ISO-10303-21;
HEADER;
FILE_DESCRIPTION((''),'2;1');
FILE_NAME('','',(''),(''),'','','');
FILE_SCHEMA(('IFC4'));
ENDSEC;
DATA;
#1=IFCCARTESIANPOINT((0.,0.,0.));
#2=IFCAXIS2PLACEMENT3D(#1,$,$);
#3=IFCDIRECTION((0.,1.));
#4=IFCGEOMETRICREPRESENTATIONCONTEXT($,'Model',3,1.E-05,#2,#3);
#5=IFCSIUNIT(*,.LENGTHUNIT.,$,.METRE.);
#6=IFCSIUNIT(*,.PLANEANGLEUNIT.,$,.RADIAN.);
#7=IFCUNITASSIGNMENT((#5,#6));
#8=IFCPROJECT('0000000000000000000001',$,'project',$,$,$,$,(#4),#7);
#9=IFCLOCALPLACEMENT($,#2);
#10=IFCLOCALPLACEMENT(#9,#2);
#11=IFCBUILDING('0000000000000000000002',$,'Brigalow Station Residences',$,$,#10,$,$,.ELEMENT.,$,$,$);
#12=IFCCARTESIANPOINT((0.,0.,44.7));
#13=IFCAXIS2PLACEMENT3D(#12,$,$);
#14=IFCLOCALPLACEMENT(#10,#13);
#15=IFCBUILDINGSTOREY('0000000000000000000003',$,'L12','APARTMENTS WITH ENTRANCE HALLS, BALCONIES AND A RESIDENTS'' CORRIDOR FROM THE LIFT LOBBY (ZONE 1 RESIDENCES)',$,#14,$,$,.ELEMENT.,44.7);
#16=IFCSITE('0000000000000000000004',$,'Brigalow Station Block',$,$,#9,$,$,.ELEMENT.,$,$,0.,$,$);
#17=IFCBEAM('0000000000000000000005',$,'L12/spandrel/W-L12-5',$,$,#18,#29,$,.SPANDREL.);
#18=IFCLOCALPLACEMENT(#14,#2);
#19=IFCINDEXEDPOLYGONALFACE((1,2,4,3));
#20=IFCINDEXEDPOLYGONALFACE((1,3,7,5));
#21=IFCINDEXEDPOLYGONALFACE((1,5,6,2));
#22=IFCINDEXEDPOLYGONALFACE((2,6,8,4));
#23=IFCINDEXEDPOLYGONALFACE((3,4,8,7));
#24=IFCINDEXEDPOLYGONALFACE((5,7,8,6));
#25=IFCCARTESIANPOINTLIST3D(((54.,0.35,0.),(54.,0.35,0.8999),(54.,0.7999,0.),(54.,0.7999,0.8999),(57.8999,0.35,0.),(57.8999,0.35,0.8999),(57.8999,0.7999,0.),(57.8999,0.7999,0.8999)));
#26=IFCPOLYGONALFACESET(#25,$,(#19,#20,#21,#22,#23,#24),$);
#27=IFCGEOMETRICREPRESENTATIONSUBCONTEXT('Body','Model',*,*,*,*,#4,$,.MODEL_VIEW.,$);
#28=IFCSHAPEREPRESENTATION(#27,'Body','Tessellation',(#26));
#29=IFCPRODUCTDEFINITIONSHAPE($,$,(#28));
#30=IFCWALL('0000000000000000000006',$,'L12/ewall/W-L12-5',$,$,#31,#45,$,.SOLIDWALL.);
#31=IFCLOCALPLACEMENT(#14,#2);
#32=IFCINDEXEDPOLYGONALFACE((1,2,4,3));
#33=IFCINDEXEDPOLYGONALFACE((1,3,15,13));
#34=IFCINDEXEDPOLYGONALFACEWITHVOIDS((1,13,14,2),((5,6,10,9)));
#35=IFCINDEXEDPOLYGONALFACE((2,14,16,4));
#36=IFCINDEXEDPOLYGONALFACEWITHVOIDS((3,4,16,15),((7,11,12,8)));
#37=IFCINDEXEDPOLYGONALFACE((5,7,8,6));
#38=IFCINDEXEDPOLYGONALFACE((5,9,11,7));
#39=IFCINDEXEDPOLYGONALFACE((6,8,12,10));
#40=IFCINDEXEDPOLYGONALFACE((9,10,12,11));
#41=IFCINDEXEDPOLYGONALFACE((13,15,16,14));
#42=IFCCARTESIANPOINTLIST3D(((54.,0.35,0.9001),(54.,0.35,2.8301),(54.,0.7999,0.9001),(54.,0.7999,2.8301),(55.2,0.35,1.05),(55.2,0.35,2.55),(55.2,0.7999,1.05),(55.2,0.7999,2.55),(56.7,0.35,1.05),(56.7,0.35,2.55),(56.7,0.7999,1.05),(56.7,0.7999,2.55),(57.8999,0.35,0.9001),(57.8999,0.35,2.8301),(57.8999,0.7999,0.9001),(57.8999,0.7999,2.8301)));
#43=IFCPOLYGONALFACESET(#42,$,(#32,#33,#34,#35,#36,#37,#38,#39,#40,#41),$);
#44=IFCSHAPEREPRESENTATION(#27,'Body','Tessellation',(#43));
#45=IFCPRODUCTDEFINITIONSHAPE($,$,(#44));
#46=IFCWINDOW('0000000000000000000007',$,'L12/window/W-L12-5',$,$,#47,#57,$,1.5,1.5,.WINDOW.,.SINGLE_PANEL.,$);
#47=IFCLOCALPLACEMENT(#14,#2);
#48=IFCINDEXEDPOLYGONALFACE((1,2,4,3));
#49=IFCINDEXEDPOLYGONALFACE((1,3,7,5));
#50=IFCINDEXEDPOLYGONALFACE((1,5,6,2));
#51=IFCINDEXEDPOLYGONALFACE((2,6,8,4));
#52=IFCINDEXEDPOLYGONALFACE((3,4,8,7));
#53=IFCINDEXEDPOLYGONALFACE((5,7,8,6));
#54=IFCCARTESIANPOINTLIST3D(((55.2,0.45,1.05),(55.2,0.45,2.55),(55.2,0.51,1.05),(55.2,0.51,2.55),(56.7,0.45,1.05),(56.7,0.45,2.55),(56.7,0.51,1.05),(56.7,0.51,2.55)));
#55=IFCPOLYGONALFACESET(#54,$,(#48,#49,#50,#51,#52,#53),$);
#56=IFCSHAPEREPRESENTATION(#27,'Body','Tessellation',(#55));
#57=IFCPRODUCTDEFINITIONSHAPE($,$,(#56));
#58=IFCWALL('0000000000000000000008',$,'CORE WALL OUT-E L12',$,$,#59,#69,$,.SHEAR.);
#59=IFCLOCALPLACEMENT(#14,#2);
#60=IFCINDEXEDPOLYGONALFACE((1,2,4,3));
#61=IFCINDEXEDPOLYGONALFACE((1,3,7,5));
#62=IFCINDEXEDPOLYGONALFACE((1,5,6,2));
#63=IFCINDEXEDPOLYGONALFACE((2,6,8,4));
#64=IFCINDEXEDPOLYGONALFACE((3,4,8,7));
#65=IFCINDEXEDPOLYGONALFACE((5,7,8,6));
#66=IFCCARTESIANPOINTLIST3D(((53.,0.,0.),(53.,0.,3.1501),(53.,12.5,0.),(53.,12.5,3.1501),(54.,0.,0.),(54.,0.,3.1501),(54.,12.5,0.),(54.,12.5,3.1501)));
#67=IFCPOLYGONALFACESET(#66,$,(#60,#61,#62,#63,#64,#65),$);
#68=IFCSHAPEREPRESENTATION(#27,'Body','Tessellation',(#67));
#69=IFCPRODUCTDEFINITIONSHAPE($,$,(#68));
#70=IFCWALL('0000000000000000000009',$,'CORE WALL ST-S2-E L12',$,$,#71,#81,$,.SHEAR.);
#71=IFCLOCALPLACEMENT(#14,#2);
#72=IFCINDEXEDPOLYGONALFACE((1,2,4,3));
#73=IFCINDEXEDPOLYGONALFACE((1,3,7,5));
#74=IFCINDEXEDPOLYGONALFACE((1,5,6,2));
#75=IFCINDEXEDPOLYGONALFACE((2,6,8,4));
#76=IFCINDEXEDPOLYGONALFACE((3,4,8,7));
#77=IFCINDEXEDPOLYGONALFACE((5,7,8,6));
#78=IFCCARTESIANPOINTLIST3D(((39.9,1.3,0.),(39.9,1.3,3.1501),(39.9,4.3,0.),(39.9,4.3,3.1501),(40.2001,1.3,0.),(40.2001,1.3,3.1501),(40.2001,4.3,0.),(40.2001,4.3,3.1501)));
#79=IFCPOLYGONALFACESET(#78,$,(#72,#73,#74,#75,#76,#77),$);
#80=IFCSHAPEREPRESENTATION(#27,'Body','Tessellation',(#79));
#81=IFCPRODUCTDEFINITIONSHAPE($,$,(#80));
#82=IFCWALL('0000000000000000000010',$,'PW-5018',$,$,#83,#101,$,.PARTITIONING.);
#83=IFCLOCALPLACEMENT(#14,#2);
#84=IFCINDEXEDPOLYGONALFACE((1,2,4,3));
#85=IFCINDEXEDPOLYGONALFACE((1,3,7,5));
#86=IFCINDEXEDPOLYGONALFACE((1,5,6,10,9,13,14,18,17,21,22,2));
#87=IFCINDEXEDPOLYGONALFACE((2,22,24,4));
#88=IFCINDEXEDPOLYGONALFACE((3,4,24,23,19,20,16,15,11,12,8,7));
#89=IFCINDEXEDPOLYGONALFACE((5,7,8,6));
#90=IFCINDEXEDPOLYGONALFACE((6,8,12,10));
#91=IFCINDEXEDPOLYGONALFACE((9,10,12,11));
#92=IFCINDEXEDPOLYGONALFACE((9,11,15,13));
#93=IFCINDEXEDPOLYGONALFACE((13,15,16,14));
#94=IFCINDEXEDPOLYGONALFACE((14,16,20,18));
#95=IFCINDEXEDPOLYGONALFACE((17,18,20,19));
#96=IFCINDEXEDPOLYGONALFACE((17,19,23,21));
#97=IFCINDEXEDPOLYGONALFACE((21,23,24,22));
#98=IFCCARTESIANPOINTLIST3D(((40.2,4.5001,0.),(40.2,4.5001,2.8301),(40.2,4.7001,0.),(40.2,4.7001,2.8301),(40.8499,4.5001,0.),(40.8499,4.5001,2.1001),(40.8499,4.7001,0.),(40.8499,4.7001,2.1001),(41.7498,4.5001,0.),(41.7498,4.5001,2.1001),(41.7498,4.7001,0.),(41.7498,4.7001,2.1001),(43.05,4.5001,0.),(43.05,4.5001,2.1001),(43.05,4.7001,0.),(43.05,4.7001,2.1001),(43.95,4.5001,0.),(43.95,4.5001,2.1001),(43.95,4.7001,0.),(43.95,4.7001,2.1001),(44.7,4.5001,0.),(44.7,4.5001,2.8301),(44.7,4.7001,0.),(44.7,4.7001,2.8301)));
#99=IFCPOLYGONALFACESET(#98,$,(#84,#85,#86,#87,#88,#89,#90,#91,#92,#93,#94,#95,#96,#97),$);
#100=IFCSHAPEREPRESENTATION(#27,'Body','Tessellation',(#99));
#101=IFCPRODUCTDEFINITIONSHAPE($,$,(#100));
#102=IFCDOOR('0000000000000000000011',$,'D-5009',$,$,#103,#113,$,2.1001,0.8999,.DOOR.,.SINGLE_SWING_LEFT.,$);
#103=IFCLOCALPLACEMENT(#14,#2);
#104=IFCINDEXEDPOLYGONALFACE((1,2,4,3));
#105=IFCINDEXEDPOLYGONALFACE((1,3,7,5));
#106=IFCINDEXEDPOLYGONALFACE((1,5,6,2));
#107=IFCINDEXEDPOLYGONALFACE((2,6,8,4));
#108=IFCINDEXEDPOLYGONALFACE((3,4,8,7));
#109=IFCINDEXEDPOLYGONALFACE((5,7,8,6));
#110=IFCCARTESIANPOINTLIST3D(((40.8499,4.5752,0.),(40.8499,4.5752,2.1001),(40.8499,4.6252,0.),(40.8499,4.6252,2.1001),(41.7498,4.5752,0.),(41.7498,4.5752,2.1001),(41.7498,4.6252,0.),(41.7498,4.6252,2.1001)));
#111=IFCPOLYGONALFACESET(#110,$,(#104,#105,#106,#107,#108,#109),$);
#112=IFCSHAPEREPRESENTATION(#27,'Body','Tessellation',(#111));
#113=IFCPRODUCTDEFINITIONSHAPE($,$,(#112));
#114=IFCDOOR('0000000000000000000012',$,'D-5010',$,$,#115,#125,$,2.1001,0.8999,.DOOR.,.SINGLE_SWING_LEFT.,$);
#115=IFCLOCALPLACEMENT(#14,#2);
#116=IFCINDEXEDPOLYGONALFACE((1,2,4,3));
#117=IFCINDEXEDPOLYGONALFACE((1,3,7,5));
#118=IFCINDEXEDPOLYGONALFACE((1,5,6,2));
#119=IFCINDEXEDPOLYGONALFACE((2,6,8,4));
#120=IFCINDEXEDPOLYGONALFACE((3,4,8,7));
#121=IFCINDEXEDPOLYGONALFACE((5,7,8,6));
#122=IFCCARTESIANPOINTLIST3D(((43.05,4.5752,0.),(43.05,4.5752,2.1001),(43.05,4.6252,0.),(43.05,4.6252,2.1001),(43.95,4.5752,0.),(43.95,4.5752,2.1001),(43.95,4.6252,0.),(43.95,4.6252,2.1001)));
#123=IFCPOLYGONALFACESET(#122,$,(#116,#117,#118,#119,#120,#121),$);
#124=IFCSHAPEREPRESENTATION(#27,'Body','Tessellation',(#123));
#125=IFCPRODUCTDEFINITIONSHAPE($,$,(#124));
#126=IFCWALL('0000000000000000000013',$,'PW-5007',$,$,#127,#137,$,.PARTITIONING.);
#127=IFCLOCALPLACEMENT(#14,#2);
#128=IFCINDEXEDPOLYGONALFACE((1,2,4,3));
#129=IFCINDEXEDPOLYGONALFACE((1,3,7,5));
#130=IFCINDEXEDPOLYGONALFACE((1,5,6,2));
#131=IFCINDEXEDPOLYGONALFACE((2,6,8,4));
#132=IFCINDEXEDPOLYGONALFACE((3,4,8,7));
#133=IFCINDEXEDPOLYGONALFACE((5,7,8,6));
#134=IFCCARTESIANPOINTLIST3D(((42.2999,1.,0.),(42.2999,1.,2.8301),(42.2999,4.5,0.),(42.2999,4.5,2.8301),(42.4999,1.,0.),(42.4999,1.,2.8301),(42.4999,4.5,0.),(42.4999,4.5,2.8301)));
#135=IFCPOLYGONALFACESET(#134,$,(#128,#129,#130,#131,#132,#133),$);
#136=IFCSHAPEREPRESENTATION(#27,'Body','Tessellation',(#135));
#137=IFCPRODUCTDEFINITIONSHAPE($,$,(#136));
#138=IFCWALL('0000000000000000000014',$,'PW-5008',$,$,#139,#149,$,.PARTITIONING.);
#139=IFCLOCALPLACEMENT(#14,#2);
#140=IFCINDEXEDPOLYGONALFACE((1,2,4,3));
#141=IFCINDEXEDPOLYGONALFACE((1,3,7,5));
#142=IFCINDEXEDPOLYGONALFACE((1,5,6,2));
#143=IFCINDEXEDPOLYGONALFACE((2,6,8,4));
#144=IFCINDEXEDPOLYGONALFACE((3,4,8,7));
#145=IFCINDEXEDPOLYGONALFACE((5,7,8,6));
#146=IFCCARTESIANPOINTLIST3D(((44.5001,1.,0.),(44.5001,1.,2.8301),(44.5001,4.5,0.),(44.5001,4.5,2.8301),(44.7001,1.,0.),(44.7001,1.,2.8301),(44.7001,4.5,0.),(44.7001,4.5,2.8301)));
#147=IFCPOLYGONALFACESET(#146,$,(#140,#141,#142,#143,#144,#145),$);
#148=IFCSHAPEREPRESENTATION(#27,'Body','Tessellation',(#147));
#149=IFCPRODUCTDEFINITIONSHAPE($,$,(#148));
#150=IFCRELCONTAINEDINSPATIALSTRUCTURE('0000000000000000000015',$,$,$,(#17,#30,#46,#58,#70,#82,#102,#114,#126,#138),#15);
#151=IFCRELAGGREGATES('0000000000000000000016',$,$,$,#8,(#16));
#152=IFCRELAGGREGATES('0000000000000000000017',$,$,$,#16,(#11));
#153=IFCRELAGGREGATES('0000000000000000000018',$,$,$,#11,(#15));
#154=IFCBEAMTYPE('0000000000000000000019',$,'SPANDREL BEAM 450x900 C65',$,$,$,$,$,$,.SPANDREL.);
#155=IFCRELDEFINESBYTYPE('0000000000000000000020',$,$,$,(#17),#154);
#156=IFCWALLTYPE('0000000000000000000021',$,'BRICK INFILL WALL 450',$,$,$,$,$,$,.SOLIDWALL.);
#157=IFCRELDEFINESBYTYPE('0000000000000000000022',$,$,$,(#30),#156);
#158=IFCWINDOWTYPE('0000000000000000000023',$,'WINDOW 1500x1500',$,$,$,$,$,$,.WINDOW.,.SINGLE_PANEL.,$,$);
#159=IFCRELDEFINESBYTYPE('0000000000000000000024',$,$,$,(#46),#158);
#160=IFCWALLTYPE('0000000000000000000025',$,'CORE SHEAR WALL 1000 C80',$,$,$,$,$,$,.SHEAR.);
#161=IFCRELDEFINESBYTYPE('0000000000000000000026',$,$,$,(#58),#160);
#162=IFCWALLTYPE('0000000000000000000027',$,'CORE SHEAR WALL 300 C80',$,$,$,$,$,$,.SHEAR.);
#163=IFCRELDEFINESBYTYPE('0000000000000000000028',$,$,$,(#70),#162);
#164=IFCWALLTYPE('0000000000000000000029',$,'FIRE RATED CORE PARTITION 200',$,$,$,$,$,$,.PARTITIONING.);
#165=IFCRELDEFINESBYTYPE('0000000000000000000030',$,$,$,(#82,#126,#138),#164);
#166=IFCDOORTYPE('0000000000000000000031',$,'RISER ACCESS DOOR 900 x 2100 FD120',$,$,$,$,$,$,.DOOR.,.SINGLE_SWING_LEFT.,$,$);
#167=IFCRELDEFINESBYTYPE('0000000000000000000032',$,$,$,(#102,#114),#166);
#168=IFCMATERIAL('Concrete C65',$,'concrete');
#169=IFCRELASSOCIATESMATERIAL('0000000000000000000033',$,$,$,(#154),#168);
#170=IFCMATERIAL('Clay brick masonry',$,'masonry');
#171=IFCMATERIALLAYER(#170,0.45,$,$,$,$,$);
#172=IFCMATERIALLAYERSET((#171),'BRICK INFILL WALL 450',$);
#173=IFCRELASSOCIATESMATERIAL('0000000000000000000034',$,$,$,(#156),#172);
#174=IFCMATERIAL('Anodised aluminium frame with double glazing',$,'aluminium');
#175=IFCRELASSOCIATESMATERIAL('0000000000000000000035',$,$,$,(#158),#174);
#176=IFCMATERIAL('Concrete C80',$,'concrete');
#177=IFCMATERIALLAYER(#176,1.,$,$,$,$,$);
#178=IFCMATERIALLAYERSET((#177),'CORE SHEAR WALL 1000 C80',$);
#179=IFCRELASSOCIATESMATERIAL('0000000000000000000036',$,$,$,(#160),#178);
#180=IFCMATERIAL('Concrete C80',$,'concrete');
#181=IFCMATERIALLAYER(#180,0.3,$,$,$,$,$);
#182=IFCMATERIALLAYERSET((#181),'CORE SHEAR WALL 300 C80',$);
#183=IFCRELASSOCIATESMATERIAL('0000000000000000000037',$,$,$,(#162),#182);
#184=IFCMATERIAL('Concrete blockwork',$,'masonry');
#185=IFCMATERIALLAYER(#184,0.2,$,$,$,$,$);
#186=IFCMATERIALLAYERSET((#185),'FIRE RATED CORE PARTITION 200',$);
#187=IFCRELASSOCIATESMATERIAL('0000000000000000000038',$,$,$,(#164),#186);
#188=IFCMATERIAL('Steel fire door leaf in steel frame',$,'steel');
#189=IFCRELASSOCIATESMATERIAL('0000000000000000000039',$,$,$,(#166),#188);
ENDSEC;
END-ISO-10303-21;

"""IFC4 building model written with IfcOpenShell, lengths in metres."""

from ifc_helpers import new_model, si_unit, direction, frame, frame_2d, origin, origin_2d, place, context, subcontext, project, spatial, rectangle, extrude, material, layer, layer_set, material_profile, profile_set, type_object, element, fill, save


model = new_model("IFC4")

# Units and contexts
model_context = context("Model", 3, precision=1e-05, world=origin(), true_north=direction((0.0, 1.0)))
body_context = subcontext(model_context, "Body", "Model", "MODEL_VIEW")
ifc_project = project(units=[si_unit("LENGTHUNIT", "METRE"), si_unit("PLANEANGLEUNIT", "RADIAN")], contexts=[model_context])

# Site, building, storey
site_placement = place(None, origin())
site = spatial("IfcSite", under=ifc_project, at=site_placement, Name="Brigalow Station Block", CompositionType="ELEMENT", RefElevation=0.0)
building_placement = place(site_placement, origin())
building = spatial("IfcBuilding", under=site, at=building_placement, Name="Brigalow Station Residences", CompositionType="ELEMENT")
storey_placement = place(building_placement, frame((0.0, 0.0, 44.7)))
storey = spatial("IfcBuildingStorey", under=building, at=storey_placement, Name="L12", Description="APARTMENTS WITH ENTRANCE HALLS, BALCONIES AND A RESIDENTS' CORRIDOR FROM THE LIFT LOBBY (ZONE 1 RESIDENCES)", CompositionType="ELEMENT", Elevation=44.7)

# Beam
ifc_material_1 = material(Name="Concrete C65", Category="concrete")
ifc_material_profile = material_profile(ifc_material_1, rectangle(XDim=0.45, YDim=0.8999, at=origin_2d()), Name="RC450x900")
ifc_profile_set = profile_set([ifc_material_profile], Name="Concrete C65")
beam_type = type_object("IfcBeamType", Name="SPANDREL BEAM 450x900 C65", PredefinedType="SPANDREL", material=ifc_profile_set)
beam_placement = place(storey_placement, frame((54.0, 0.575, 0.45), z_axis=(1.0, 0.0, 0.0), x_axis=(0.0, 1.0, 0.0)))
element("IfcBeam", 1, at=beam_placement, inside=storey, type_object=beam_type, Name="L12/spandrel/W-L12-5", PredefinedType="SPANDREL", context=body_context, shape_type="SweptSolid", body=[
    extrude(rectangle(XDim=0.45, YDim=0.8999, at=origin_2d()), origin(), (0.0, 0.0, 1.0), 3.8999),
])

# Wall, opening, window
ifc_material_2 = material(Name="Clay brick masonry", Category="masonry")
ifc_layer_1 = layer(ifc_material_2, 0.45)
ifc_layer_set_1 = layer_set([ifc_layer_1], Name="BRICK INFILL WALL 450")
wall_type_1 = type_object("IfcWallType", Name="BRICK INFILL WALL 450", PredefinedType="SOLIDWALL", material=ifc_layer_set_1)
wall_1_placement = place(storey_placement, frame((54.0, 0.575, 0.9001), z_axis=(0.0, 0.0, 1.0), x_axis=(1.0, 0.0, 0.0)))
wall_1 = element("IfcWall", 2, at=wall_1_placement, inside=storey, type_object=wall_type_1, Name="L12/ewall/W-L12-5", PredefinedType="SOLIDWALL", context=body_context, shape_type="SweptSolid", body=[
    extrude(rectangle(XDim=3.8999, YDim=0.45, at=frame_2d((1.95, 0.0))), origin(), (0.0, 0.0, 1.0), 1.9299),
])
opening_1_placement = place(wall_1_placement, frame((1.2, 0.0, 0.1499)))
opening_1 = element("IfcOpeningElement", 3, at=opening_1_placement, cuts=wall_1, PredefinedType="OPENING", context=body_context, shape_type="SweptSolid", body=[
    extrude(rectangle(XDim=1.5, YDim=1.5, at=frame_2d((0.75, 0.75))), frame((0.0, 0.2349, 0.0), z_axis=(0.0, -1.0, 0.0), x_axis=(1.0, 0.0, 0.0)), (0.0, 0.0, 1.0), 0.47),
])
ifc_material_3 = material(Name="Anodised aluminium frame with double glazing", Category="aluminium")
window_type = type_object("IfcWindowType", Name="WINDOW 1500x1500", PartitioningType="SINGLE_PANEL", PredefinedType="WINDOW", material=ifc_material_3)
window_placement = place(opening_1_placement, origin())
window = element("IfcWindow", 4, at=window_placement, inside=storey, type_object=window_type, Name="L12/window/W-L12-5", OverallHeight=1.5, OverallWidth=1.5, PartitioningType="SINGLE_PANEL", PredefinedType="WINDOW", context=body_context, shape_type="SweptSolid", body=[
    extrude(rectangle(XDim=1.5, YDim=1.5, at=frame_2d((0.75, 0.75))), frame((0.0, -0.0649, 0.0), z_axis=(0.0, -1.0, 0.0), x_axis=(1.0, 0.0, 0.0)), (0.0, 0.0, 1.0), 0.0601),
])
fill(opening_1, window)

# Walls
ifc_material_4 = material(Name="Concrete C80", Category="concrete")
ifc_layer_2 = layer(ifc_material_4, 1.0)
ifc_layer_set_2 = layer_set([ifc_layer_2], Name="CORE SHEAR WALL 1000 C80")
wall_type_2 = type_object("IfcWallType", Name="CORE SHEAR WALL 1000 C80", PredefinedType="SHEAR", material=ifc_layer_set_2)
wall_2_placement = place(storey_placement, frame((53.5, 0.0, 0.0), z_axis=(0.0, 0.0, 1.0), x_axis=(0.0, 1.0, 0.0)))
element("IfcWall", 5, at=wall_2_placement, inside=storey, type_object=wall_type_2, Name="CORE WALL OUT-E L12", PredefinedType="SHEAR", context=body_context, shape_type="SweptSolid", body=[
    extrude(rectangle(XDim=12.5, YDim=1.0, at=frame_2d((6.25, 0.0))), origin(), (0.0, 0.0, 1.0), 3.1501),
])
ifc_material_5 = material(Name="Concrete C80", Category="concrete")
ifc_layer_3 = layer(ifc_material_5, 0.3)
ifc_layer_set_3 = layer_set([ifc_layer_3], Name="CORE SHEAR WALL 300 C80")
wall_type_3 = type_object("IfcWallType", Name="CORE SHEAR WALL 300 C80", PredefinedType="SHEAR", material=ifc_layer_set_3)
wall_3_placement = place(storey_placement, frame((40.05, 1.3, 0.0), z_axis=(0.0, 0.0, 1.0), x_axis=(0.0, 1.0, 0.0)))
element("IfcWall", 6, at=wall_3_placement, inside=storey, type_object=wall_type_3, Name="CORE WALL ST-S2-E L12", PredefinedType="SHEAR", context=body_context, shape_type="SweptSolid", body=[
    extrude(rectangle(XDim=3.0, YDim=0.3, at=frame_2d((1.5, 0.0))), origin(), (0.0, 0.0, 1.0), 3.1501),
])

# Wall, openings, doors
ifc_material_6 = material(Name="Concrete blockwork", Category="masonry")
ifc_layer_4 = layer(ifc_material_6, 0.2)
ifc_layer_set_4 = layer_set([ifc_layer_4], Name="FIRE RATED CORE PARTITION 200")
wall_type_4 = type_object("IfcWallType", Name="FIRE RATED CORE PARTITION 200", PredefinedType="PARTITIONING", material=ifc_layer_set_4)
wall_4_placement = place(storey_placement, frame((40.2, 4.6001, 0.0), z_axis=(0.0, 0.0, 1.0), x_axis=(1.0, 0.0, 0.0)))
wall_4 = element("IfcWall", 7, at=wall_4_placement, inside=storey, type_object=wall_type_4, Name="PW-5018", PredefinedType="PARTITIONING", context=body_context, shape_type="SweptSolid", body=[
    extrude(rectangle(XDim=4.5, YDim=0.2, at=frame_2d((2.25, 0.0))), origin(), (0.0, 0.0, 1.0), 2.8301),
])
opening_2_placement = place(wall_4_placement, frame((0.6499, 0.0, 0.0)))
opening_2 = element("IfcOpeningElement", 8, at=opening_2_placement, cuts=wall_4, PredefinedType="OPENING", context=body_context, shape_type="SweptSolid", body=[
    extrude(rectangle(XDim=0.8999, YDim=2.1001, at=frame_2d((0.45, 1.05))), frame((0.0, 0.1099, 0.0), z_axis=(0.0, -1.0, 0.0), x_axis=(1.0, 0.0, 0.0)), (0.0, 0.0, 1.0), 0.22),
])
opening_3_placement = place(wall_4_placement, frame((2.8501, 0.0, 0.0)))
opening_3 = element("IfcOpeningElement", 9, at=opening_3_placement, cuts=wall_4, PredefinedType="OPENING", context=body_context, shape_type="SweptSolid", body=[
    extrude(rectangle(XDim=0.8999, YDim=2.1001, at=frame_2d((0.45, 1.05))), frame((0.0, 0.1099, 0.0), z_axis=(0.0, -1.0, 0.0), x_axis=(1.0, 0.0, 0.0)), (0.0, 0.0, 1.0), 0.22),
])
ifc_material_7 = material(Name="Steel fire door leaf in steel frame", Category="steel")
door_type_1 = type_object("IfcDoorType", Name="RISER ACCESS DOOR 900 x 2100 FD120", OperationType="SINGLE_SWING_LEFT", PredefinedType="DOOR", material=ifc_material_7)
door_1_placement = place(opening_2_placement, frame((0.8999, 0.0, 0.0), z_axis=(0.0, 0.0, 1.0), x_axis=(-1.0, 0.0, 0.0)))
door_1 = element("IfcDoor", 10, at=door_1_placement, inside=storey, type_object=door_type_1, Name="D-5009", OperationType="SINGLE_SWING_LEFT", OverallHeight=2.1001, OverallWidth=0.8999, PredefinedType="DOOR", context=body_context, shape_type="SweptSolid", body=[
    extrude(rectangle(XDim=0.8999, YDim=2.1001, at=frame_2d((0.45, 1.05))), frame((0.0, 0.0249, 0.0), z_axis=(0.0, -1.0, 0.0), x_axis=(1.0, 0.0, 0.0)), (0.0, 0.0, 1.0), 0.05),
])
fill(opening_2, door_1)
door_2_placement = place(opening_3_placement, frame((0.8999, 0.0, 0.0), z_axis=(0.0, 0.0, 1.0), x_axis=(-1.0, 0.0, 0.0)))
door_2 = element("IfcDoor", 11, at=door_2_placement, inside=storey, type_object=door_type_1, Name="D-5010", OperationType="SINGLE_SWING_LEFT", OverallHeight=2.1001, OverallWidth=0.8999, PredefinedType="DOOR", context=body_context, shape_type="SweptSolid", body=[
    extrude(rectangle(XDim=0.8999, YDim=2.1001, at=frame_2d((0.45, 1.05))), frame((0.0, 0.0249, 0.0), z_axis=(0.0, -1.0, 0.0), x_axis=(1.0, 0.0, 0.0)), (0.0, 0.0, 1.0), 0.05),
])
fill(opening_3, door_2)

# Walls
for number, where, z_axis, x_axis, name in (
    (12, (42.3999, 1.0, 0.0), (0.0, 0.0, 1.0), (0.0, 1.0, 0.0), "PW-5007"),
    (13, (44.6001, 1.0, 0.0), (0.0, 0.0, 1.0), (0.0, 1.0, 0.0), "PW-5008"),
):
    element("IfcWall", number, at=place(storey_placement, frame(where, z_axis=z_axis, x_axis=x_axis)), inside=storey, type_object=wall_type_4, Name=name, PredefinedType="PARTITIONING", context=body_context, shape_type="SweptSolid", body=[
        extrude(rectangle(XDim=3.5, YDim=0.2, at=frame_2d((1.75, 0.0))), origin(), (0.0, 0.0, 1.0), 2.8301),
    ])

save(model, "model.ifc")
